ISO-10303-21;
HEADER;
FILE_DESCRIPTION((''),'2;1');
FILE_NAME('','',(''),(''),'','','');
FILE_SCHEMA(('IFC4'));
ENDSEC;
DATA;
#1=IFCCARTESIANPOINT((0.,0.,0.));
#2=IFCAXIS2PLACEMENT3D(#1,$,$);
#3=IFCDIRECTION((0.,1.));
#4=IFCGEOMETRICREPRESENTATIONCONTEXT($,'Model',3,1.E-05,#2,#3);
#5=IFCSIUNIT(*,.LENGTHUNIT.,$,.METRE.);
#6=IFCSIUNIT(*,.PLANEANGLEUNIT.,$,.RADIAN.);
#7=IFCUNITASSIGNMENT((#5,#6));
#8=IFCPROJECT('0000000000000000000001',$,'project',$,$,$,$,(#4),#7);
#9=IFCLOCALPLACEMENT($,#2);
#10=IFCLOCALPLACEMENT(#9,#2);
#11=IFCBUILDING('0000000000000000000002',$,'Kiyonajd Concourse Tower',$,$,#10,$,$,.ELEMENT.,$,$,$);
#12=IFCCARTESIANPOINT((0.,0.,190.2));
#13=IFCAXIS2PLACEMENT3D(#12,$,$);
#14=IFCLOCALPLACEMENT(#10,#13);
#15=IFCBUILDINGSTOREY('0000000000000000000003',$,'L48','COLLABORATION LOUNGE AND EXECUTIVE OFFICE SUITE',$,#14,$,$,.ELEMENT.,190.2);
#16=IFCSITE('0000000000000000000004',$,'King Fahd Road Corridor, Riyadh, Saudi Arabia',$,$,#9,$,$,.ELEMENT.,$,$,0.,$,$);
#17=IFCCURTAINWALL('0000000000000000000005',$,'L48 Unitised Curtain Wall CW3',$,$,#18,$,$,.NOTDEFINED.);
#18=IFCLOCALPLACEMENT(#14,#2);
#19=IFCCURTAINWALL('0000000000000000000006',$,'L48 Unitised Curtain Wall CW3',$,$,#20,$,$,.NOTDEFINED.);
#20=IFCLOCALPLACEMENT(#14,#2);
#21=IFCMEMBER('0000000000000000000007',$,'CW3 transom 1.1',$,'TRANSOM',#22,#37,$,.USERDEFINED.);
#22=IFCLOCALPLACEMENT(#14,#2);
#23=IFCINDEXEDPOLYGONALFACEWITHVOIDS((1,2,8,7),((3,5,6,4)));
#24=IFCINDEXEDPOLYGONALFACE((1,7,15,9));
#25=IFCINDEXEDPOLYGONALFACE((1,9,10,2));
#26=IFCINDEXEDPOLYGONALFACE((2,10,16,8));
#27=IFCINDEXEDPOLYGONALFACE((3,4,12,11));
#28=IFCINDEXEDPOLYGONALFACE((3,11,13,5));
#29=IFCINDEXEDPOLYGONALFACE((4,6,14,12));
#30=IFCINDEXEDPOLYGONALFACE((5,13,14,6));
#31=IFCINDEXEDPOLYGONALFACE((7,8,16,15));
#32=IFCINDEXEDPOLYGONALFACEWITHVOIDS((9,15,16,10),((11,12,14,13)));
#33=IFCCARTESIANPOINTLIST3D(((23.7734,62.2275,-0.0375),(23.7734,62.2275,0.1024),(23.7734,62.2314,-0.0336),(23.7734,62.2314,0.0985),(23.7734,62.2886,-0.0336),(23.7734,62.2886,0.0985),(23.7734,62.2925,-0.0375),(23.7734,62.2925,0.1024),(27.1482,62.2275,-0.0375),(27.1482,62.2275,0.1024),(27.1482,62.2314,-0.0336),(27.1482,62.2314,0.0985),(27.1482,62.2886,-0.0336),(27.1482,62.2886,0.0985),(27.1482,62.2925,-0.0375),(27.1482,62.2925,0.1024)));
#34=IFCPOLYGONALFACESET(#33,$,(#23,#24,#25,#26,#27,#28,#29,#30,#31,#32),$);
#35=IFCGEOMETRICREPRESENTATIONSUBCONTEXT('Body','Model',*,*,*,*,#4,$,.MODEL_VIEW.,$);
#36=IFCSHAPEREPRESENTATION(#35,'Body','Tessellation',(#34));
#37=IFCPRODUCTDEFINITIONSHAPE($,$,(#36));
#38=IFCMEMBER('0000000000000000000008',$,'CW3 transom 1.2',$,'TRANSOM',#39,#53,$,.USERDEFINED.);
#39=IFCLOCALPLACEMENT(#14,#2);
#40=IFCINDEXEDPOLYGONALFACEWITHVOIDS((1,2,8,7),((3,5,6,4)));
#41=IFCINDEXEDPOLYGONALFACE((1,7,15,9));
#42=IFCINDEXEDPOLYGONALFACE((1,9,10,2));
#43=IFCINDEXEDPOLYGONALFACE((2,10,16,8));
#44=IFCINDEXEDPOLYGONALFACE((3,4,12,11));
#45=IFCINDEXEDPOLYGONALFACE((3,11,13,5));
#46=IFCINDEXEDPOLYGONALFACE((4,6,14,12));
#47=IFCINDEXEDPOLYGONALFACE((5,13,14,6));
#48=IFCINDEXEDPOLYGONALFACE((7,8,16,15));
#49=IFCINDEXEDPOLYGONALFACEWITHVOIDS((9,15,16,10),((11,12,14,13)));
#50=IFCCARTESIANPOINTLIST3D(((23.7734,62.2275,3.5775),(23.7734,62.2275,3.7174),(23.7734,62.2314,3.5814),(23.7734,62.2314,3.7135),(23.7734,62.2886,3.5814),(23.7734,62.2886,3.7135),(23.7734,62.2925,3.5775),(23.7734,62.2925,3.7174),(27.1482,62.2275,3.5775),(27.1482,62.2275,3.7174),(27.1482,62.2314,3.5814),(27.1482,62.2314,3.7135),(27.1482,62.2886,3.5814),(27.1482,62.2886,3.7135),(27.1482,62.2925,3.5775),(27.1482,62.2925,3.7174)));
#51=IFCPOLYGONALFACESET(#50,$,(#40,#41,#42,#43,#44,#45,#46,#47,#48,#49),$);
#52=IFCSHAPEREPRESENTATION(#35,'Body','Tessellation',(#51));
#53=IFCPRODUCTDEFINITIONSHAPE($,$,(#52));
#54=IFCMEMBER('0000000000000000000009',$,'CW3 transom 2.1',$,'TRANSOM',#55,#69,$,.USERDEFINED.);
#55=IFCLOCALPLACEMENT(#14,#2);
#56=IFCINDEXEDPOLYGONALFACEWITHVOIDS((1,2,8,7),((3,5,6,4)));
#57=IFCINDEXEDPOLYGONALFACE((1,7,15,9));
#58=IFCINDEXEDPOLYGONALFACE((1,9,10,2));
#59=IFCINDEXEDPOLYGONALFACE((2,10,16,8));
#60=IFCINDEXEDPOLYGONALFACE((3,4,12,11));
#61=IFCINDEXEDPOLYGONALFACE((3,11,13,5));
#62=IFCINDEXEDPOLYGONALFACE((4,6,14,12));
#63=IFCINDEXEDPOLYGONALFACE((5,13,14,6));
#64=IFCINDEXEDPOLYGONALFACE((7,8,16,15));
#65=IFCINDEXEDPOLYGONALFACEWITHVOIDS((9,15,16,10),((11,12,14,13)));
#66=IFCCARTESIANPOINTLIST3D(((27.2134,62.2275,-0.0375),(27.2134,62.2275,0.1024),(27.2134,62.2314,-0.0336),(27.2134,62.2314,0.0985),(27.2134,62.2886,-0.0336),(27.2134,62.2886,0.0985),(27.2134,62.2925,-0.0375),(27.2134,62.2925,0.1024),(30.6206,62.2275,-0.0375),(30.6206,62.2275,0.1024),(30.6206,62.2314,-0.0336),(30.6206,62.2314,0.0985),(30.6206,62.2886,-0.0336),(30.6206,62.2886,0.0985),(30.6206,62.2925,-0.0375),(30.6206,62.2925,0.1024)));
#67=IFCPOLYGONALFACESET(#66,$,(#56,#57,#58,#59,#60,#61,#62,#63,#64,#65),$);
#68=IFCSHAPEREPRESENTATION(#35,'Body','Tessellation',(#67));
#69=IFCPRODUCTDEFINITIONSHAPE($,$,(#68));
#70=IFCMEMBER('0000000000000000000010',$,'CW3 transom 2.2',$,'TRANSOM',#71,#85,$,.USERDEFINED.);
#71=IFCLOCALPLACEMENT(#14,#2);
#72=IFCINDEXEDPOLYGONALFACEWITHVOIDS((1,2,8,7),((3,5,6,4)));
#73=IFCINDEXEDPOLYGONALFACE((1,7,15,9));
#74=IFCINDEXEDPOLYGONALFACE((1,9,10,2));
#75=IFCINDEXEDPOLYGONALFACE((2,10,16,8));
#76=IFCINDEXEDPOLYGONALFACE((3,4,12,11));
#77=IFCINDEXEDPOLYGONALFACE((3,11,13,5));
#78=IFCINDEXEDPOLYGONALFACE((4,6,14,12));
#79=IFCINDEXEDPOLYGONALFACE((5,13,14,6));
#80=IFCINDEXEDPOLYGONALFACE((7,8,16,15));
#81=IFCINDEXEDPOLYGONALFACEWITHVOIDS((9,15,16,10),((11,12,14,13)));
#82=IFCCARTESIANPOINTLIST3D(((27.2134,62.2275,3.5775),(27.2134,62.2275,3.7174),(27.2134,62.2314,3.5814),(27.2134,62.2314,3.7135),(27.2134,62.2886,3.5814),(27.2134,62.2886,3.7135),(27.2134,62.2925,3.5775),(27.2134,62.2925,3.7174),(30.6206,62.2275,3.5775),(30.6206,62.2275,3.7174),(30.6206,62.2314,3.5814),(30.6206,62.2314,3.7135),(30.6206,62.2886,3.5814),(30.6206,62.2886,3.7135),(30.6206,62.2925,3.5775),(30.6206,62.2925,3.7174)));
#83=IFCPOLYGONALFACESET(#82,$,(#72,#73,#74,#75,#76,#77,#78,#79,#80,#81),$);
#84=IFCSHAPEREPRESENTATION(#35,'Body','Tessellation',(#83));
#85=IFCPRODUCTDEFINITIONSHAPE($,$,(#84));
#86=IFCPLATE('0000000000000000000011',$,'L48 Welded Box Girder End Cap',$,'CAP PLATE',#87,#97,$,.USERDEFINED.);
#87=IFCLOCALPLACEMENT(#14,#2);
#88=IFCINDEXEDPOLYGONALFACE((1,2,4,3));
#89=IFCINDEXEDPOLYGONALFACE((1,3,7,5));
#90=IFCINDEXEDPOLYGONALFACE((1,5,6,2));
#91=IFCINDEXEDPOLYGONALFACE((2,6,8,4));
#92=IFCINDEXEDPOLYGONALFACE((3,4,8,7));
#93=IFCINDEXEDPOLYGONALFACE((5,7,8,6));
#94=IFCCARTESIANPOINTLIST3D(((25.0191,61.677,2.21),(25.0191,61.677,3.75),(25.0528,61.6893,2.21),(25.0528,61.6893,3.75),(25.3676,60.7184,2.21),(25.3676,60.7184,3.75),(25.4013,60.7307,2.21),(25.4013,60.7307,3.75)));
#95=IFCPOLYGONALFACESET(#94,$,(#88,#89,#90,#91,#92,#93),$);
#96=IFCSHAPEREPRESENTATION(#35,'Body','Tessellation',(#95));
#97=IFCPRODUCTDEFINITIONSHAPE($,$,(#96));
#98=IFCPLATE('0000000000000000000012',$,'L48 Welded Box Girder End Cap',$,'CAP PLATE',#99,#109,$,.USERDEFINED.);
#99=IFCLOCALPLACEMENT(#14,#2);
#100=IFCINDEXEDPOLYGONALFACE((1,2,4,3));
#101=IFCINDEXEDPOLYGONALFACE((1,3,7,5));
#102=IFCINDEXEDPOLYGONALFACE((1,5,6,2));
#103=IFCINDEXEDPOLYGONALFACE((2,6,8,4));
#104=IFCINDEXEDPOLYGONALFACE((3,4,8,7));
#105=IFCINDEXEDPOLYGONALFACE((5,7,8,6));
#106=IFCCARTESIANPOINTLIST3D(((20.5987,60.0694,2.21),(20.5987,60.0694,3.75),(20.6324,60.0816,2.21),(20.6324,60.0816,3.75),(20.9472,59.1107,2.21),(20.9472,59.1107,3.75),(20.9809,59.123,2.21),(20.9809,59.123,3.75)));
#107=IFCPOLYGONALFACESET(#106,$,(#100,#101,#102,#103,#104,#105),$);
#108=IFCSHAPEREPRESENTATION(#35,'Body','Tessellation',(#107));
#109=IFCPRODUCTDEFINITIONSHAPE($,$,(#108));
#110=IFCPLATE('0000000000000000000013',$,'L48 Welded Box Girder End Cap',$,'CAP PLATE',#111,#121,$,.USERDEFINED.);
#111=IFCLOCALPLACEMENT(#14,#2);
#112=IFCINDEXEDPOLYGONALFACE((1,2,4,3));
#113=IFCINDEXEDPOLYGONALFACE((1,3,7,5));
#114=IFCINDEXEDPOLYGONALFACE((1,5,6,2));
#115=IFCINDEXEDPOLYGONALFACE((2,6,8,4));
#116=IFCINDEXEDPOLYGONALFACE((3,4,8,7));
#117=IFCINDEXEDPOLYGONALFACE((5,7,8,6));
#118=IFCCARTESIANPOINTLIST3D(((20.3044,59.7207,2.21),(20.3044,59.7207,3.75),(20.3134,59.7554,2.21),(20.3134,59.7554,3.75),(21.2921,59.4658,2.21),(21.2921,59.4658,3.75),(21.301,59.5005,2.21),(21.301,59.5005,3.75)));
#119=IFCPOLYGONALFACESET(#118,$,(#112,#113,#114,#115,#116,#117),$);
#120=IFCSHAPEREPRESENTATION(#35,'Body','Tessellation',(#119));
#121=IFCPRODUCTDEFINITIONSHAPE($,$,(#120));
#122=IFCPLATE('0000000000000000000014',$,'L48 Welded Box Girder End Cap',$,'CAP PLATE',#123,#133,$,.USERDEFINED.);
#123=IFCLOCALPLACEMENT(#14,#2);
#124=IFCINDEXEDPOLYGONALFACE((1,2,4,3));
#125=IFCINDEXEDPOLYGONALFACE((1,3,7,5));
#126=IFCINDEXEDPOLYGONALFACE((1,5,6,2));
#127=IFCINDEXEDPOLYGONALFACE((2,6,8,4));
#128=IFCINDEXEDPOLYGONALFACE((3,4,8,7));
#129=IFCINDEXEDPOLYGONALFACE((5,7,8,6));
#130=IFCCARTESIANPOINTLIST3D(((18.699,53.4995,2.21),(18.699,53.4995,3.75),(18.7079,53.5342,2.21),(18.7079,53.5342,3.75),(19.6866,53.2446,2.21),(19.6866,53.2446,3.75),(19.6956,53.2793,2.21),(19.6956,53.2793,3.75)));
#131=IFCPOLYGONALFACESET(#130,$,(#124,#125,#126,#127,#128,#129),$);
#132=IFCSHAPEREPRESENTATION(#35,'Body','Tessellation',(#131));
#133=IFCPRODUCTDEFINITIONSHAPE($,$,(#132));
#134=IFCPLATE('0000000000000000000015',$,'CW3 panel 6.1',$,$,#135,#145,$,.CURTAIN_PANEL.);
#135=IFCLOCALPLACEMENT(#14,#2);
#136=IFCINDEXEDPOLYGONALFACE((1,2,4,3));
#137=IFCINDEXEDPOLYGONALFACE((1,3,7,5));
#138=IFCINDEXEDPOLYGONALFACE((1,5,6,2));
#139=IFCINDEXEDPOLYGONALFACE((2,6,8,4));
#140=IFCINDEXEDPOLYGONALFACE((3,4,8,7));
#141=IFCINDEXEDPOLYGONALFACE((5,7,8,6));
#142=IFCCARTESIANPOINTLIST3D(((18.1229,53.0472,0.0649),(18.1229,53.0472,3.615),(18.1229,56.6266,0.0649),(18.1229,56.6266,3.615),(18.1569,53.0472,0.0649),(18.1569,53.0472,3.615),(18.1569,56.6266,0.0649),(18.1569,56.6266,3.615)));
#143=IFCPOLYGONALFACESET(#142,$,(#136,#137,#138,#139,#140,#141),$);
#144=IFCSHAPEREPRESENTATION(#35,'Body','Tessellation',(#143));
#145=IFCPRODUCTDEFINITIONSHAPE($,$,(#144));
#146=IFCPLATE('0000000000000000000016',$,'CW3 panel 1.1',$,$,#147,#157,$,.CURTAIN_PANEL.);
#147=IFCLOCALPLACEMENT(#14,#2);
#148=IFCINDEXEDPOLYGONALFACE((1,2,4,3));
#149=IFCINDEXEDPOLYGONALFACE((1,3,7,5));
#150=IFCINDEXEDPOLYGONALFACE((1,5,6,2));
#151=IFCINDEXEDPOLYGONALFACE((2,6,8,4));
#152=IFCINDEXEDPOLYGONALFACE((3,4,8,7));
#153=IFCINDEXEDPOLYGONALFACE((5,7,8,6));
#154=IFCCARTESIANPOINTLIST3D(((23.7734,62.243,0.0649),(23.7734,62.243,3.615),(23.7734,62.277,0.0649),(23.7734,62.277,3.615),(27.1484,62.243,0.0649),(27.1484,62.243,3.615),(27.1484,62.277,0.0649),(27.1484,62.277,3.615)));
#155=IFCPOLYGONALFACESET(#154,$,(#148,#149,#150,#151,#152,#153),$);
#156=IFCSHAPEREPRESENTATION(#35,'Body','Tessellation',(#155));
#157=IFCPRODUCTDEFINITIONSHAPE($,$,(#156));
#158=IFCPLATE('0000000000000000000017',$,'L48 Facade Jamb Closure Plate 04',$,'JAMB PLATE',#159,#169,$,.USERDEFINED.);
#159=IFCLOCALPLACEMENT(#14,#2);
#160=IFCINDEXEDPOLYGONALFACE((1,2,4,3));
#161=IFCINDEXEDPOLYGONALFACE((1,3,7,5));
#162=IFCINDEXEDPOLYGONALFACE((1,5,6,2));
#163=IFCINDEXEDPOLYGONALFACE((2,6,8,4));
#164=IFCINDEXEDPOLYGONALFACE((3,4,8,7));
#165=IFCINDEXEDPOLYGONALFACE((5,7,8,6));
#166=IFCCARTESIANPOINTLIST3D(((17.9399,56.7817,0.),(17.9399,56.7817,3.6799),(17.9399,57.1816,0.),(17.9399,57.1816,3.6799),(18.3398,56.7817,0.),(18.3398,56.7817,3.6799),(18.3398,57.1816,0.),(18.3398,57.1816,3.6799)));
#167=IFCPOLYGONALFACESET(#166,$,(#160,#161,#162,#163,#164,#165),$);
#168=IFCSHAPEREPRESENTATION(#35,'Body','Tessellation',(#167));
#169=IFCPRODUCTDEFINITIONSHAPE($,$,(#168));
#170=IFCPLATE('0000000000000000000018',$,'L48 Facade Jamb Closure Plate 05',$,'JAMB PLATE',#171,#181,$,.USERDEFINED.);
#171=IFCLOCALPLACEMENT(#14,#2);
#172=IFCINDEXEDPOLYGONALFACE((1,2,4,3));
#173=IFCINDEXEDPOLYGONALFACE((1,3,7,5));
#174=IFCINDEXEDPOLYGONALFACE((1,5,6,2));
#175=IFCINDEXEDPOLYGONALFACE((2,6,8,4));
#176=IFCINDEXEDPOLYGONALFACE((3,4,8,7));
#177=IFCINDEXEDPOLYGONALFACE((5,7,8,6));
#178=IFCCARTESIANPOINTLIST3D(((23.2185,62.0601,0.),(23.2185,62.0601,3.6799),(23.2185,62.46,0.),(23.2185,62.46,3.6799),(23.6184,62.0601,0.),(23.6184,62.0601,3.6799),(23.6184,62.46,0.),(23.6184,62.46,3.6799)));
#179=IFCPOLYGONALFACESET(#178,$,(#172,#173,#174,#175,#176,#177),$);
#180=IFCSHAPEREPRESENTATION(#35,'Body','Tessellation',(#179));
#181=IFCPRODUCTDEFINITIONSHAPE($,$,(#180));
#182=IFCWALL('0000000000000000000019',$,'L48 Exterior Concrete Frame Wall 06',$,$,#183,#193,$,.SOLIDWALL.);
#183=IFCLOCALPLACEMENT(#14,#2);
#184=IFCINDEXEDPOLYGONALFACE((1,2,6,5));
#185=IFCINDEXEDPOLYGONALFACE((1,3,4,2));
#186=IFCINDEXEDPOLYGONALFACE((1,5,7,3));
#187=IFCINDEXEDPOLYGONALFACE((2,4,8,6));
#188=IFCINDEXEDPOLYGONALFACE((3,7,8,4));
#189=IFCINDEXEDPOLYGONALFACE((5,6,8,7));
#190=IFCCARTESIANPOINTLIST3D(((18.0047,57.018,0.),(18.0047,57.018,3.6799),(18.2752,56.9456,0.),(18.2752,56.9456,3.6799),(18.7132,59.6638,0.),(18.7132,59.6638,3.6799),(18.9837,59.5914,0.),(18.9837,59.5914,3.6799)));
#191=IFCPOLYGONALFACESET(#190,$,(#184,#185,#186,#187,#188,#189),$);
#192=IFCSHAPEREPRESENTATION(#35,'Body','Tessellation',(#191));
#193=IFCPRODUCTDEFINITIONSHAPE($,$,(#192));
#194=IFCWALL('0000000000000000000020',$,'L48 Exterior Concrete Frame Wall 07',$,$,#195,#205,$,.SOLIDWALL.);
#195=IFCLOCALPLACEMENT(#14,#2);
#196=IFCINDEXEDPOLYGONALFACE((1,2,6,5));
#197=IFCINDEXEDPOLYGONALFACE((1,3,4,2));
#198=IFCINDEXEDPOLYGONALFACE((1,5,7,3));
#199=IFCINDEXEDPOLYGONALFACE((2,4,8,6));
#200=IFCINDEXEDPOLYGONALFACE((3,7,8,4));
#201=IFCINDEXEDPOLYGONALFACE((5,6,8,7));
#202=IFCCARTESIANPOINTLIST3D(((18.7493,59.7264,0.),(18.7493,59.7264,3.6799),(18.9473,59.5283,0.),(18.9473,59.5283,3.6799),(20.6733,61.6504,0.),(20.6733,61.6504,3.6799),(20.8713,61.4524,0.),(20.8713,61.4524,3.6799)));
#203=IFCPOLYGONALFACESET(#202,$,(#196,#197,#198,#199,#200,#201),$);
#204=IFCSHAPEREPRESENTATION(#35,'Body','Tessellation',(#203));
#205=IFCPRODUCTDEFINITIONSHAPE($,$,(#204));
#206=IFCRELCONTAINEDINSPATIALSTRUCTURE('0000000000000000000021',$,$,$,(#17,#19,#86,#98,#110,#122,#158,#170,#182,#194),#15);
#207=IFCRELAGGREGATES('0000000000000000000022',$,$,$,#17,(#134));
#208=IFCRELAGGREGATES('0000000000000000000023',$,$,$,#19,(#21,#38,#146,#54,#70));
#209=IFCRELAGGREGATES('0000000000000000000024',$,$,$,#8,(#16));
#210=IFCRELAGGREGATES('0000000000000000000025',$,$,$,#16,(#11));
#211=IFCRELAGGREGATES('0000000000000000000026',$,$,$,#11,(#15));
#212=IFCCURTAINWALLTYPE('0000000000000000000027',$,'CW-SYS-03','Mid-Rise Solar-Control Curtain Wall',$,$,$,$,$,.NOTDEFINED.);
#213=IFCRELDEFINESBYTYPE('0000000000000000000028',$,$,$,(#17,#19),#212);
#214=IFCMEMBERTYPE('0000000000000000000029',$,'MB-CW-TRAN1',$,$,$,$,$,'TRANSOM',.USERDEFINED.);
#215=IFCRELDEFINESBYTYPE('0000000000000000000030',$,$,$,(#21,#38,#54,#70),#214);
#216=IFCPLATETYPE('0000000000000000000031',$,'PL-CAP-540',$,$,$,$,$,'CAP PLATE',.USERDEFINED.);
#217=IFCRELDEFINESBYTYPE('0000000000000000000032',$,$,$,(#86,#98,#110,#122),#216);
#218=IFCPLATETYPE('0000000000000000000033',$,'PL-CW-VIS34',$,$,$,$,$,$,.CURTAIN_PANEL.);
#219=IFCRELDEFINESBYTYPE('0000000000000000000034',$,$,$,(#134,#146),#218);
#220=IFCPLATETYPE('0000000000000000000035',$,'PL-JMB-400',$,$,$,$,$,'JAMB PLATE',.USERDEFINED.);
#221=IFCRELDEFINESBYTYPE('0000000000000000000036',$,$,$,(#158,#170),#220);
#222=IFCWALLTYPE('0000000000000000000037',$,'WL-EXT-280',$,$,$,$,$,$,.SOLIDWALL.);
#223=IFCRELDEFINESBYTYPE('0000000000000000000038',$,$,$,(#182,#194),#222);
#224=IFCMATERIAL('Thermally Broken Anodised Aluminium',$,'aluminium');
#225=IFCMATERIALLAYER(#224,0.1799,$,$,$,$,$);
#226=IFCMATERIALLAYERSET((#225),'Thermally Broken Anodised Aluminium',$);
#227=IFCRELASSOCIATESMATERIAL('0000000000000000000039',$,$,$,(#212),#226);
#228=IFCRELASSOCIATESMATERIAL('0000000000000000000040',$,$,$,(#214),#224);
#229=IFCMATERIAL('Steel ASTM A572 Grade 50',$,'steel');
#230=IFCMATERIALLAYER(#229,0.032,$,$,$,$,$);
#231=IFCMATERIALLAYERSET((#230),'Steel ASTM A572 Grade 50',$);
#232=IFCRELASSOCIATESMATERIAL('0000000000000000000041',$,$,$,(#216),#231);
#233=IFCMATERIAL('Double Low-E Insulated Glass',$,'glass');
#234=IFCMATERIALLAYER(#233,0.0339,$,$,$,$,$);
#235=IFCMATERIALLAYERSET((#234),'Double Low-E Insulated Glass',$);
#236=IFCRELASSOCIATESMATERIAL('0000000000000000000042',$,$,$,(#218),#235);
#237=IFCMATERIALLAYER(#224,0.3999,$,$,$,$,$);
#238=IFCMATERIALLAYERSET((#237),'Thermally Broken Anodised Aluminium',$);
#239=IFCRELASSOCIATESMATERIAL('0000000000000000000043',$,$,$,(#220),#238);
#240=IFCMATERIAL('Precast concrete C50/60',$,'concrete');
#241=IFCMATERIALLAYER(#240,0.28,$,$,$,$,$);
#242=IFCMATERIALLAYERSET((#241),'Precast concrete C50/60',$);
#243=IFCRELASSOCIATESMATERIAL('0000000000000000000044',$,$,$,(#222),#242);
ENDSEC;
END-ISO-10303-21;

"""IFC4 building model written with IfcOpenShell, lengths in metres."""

from ifc_helpers import new_model, si_unit, direction, frame, frame_2d, origin, origin_2d, place, context, subcontext, project, spatial, rectangle, hollow_rectangle, extrude, material, layer, layer_set, material_profile, profile_set, type_object, element, aggregate, save


model = new_model("IFC4")

# Units and contexts
model_context = context("Model", 3, precision=1e-05, world=origin(), true_north=direction((0.0, 1.0)))
body_context = subcontext(model_context, "Body", "Model", "MODEL_VIEW")
ifc_project = project(units=[si_unit("LENGTHUNIT", "METRE"), si_unit("PLANEANGLEUNIT", "RADIAN")], contexts=[model_context])

# Site, building, storey
site_placement = place(None, origin())
site = spatial("IfcSite", under=ifc_project, at=site_placement, Name="King Fahd Road Corridor, Riyadh, Saudi Arabia", CompositionType="ELEMENT", RefElevation=0.0)
building_placement = place(site_placement, origin())
building = spatial("IfcBuilding", under=site, at=building_placement, Name="Kiyonajd Concourse Tower", CompositionType="ELEMENT")
storey_placement = place(building_placement, frame((0.0, 0.0, 190.2)))
storey = spatial("IfcBuildingStorey", under=building, at=storey_placement, Name="L48", Description="COLLABORATION LOUNGE AND EXECUTIVE OFFICE SUITE", CompositionType="ELEMENT", Elevation=190.2)

# Shared definitions
ifc_material_1 = material(Name="Steel ASTM A572 Grade 50", Category="steel")

# Curtain wall
ifc_material_2 = material(Name="Thermally Broken Anodised Aluminium", Category="aluminium")
ifc_layer_1 = layer(ifc_material_2, 0.1799)
ifc_layer_set_1 = layer_set([ifc_layer_1], Name="Thermally Broken Anodised Aluminium")
curtain_wall_type = type_object("IfcCurtainWallType", Name="CW-SYS-03", Description="Mid-Rise Solar-Control Curtain Wall", PredefinedType="NOTDEFINED", material=ifc_layer_set_1)
curtain_wall_1_placement = place(storey_placement, origin())
curtain_wall_1 = element("IfcCurtainWall", 1, at=curtain_wall_1_placement, inside=storey, type_object=curtain_wall_type, Name="L48 Unitised Curtain Wall CW3", PredefinedType="NOTDEFINED")

# Curtain wall, members
curtain_wall_2_placement = place(storey_placement, origin())
curtain_wall_2 = element("IfcCurtainWall", 2, at=curtain_wall_2_placement, inside=storey, type_object=curtain_wall_type, Name="L48 Unitised Curtain Wall CW3", PredefinedType="NOTDEFINED")
ifc_material_profile_1 = material_profile(ifc_material_2, hollow_rectangle(XDim=0.0649, YDim=0.1399, WallThickness=0.0039, at=origin_2d()), Name="TRAN-65x140")
ifc_profile_set_1 = profile_set([ifc_material_profile_1], Name="Thermally Broken Anodised Aluminium")
member_type_1 = type_object("IfcMemberType", Name="MB-CW-TRAN1", ElementType="TRANSOM", PredefinedType="USERDEFINED", material=ifc_profile_set_1)
member_1_placement = place(storey_placement, frame((23.7734, 62.26, 0.0325), z_axis=(1.0, 0.0, 0.0), x_axis=(0.0, 1.0, 0.0)))
member_1 = element("IfcMember", 3, at=member_1_placement, type_object=member_type_1, Name="CW3 transom 1.1", ObjectType="TRANSOM", PredefinedType="USERDEFINED", context=body_context, shape_type="SweptSolid", body=[
    extrude(hollow_rectangle(XDim=0.0649, YDim=0.1399, WallThickness=0.0039, at=origin_2d()), origin(), (0.0, 0.0, 1.0), 3.3748),
])
member_2_placement = place(storey_placement, frame((23.7734, 62.26, 3.6475), z_axis=(1.0, 0.0, 0.0), x_axis=(0.0, 1.0, 0.0)))
member_2 = element("IfcMember", 4, at=member_2_placement, type_object=member_type_1, Name="CW3 transom 1.2", ObjectType="TRANSOM", PredefinedType="USERDEFINED", context=body_context, shape_type="SweptSolid", body=[
    extrude(hollow_rectangle(XDim=0.0649, YDim=0.1399, WallThickness=0.0039, at=origin_2d()), origin(), (0.0, 0.0, 1.0), 3.3748),
])
member_3_placement = place(storey_placement, frame((27.2134, 62.26, 0.0325), z_axis=(1.0, 0.0, 0.0), x_axis=(0.0, 1.0, 0.0)))
member_3 = element("IfcMember", 5, at=member_3_placement, type_object=member_type_1, Name="CW3 transom 2.1", ObjectType="TRANSOM", PredefinedType="USERDEFINED", context=body_context, shape_type="SweptSolid", body=[
    extrude(hollow_rectangle(XDim=0.0649, YDim=0.1399, WallThickness=0.0039, at=origin_2d()), origin(), (0.0, 0.0, 1.0), 3.4072),
])
member_4_placement = place(storey_placement, frame((27.2134, 62.26, 3.6475), z_axis=(1.0, 0.0, 0.0), x_axis=(0.0, 1.0, 0.0)))
member_4 = element("IfcMember", 6, at=member_4_placement, type_object=member_type_1, Name="CW3 transom 2.2", ObjectType="TRANSOM", PredefinedType="USERDEFINED", context=body_context, shape_type="SweptSolid", body=[
    extrude(hollow_rectangle(XDim=0.0649, YDim=0.1399, WallThickness=0.0039, at=origin_2d()), origin(), (0.0, 0.0, 1.0), 3.4072),
])

# Plates
ifc_layer_2 = layer(ifc_material_1, 0.032)
ifc_layer_set_2 = layer_set([ifc_layer_2], Name="Steel ASTM A572 Grade 50")
plate_type_1 = type_object("IfcPlateType", Name="PL-CAP-540", ElementType="CAP PLATE", PredefinedType="USERDEFINED", material=ifc_layer_set_2)
for number, where, z_axis, x_axis, name in (
    (7, (25.2102, 61.2039, 2.21), (0.0, 0.0, 1.0), (0.939812, 0.341692, 0.0), "L48 Welded Box Girder End Cap"),
    (8, (20.7898, 59.5962, 2.21), (0.0, 0.0, 1.0), (-0.939812, -0.341692, 0.0), "L48 Welded Box Girder End Cap"),
    (9, (20.8027, 59.6106, 2.21), (0.0, 0.0, 1.0), (0.249873, 0.968279, 0.0), "L48 Welded Box Girder End Cap"),
    (10, (19.1973, 53.3894, 2.21), (0.0, 0.0, 1.0), (-0.249873, -0.968279, 0.0), "L48 Welded Box Girder End Cap"),
):
    element("IfcPlate", number, at=place(storey_placement, frame(where, z_axis=z_axis, x_axis=x_axis)), inside=storey, type_object=plate_type_1, Name=name, ObjectType="CAP PLATE", PredefinedType="USERDEFINED", context=body_context, shape_type="SweptSolid", body=[
        extrude(rectangle(XDim=0.0359, YDim=1.02, at=origin_2d()), origin(), (0.0, 0.0, 1.0), 1.54),
    ])

# Plates
ifc_material_3 = material(Name="Double Low-E Insulated Glass", Category="glass")
ifc_layer_3 = layer(ifc_material_3, 0.0339)
ifc_layer_set_3 = layer_set([ifc_layer_3], Name="Double Low-E Insulated Glass")
plate_type_2 = type_object("IfcPlateType", Name="PL-CW-VIS34", PredefinedType="CURTAIN_PANEL", material=ifc_layer_set_3)
plate_1_placement = place(storey_placement, frame((18.1399, 54.8369, 0.0649), z_axis=(0.0, 0.0, 1.0), x_axis=(0.0, 1.0, 0.0)))
plate_1 = element("IfcPlate", 11, at=plate_1_placement, type_object=plate_type_2, Name="CW3 panel 6.1", PredefinedType="CURTAIN_PANEL", context=body_context, shape_type="SweptSolid", body=[
    extrude(rectangle(XDim=3.5793, YDim=0.0339, at=origin_2d()), origin(), (0.0, 0.0, 1.0), 3.55),
])
aggregate(curtain_wall_1, [plate_1])
plate_2_placement = place(storey_placement, frame((25.4609, 62.26, 0.0649), z_axis=(0.0, 0.0, 1.0), x_axis=(1.0, 0.0, 0.0)))
plate_2 = element("IfcPlate", 12, at=plate_2_placement, type_object=plate_type_2, Name="CW3 panel 1.1", PredefinedType="CURTAIN_PANEL", context=body_context, shape_type="SweptSolid", body=[
    extrude(rectangle(XDim=3.375, YDim=0.0339, at=origin_2d()), origin(), (0.0, 0.0, 1.0), 3.55),
])
aggregate(curtain_wall_2, [member_1, member_2, plate_2, member_3, member_4])

# Plates
ifc_layer_4 = layer(ifc_material_2, 0.3999)
ifc_layer_set_4 = layer_set([ifc_layer_4], Name="Thermally Broken Anodised Aluminium")
plate_type_3 = type_object("IfcPlateType", Name="PL-JMB-400", ElementType="JAMB PLATE", PredefinedType="USERDEFINED", material=ifc_layer_set_4)
for number, where, z_axis, x_axis, name in (
    (13, (18.1399, 56.9817, 0.0), (0.0, 0.0, 1.0), (1.0, 0.0, 0.0), "L48 Facade Jamb Closure Plate 04"),
    (14, (23.4185, 62.26, 0.0), (0.0, 0.0, 1.0), (1.0, 0.0, 0.0), "L48 Facade Jamb Closure Plate 05"),
):
    element("IfcPlate", number, at=place(storey_placement, frame(where, z_axis=z_axis, x_axis=x_axis)), inside=storey, type_object=plate_type_3, Name=name, ObjectType="JAMB PLATE", PredefinedType="USERDEFINED", context=body_context, shape_type="SweptSolid", body=[
        extrude(rectangle(XDim=0.3999, YDim=0.3999, at=origin_2d()), origin(), (0.0, 0.0, 1.0), 3.6799),
    ])

# Walls
ifc_material_4 = material(Name="Precast concrete C50/60", Category="concrete")
ifc_layer_5 = layer(ifc_material_4, 0.28)
ifc_layer_set_5 = layer_set([ifc_layer_5], Name="Precast concrete C50/60")
wall_type = type_object("IfcWallType", Name="WL-EXT-280", PredefinedType="SOLIDWALL", material=ifc_layer_set_5)
wall_1_placement = place(storey_placement, frame((18.1399, 56.9817, 0.0), z_axis=(0.0, 0.0, 1.0), x_axis=(0.258672, 0.965965, 0.0)))
element("IfcWall", 15, at=wall_1_placement, inside=storey, type_object=wall_type, Name="L48 Exterior Concrete Frame Wall 06", PredefinedType="SOLIDWALL", context=body_context, shape_type="SweptSolid", body=[
    extrude(rectangle(XDim=2.739, YDim=0.28, at=frame_2d((1.3696, 0.0))), origin(), (0.0, 0.0, 1.0), 3.6799),
])
wall_2_placement = place(storey_placement, frame((18.8484, 59.6274, 0.0), z_axis=(0.0, 0.0, 1.0), x_axis=(0.707107, 0.707107, 0.0)))
element("IfcWall", 16, at=wall_2_placement, inside=storey, type_object=wall_type, Name="L48 Exterior Concrete Frame Wall 07", PredefinedType="SOLIDWALL", context=body_context, shape_type="SweptSolid", body=[
    extrude(rectangle(XDim=2.7209, YDim=0.28, at=frame_2d((1.3604, 0.0))), origin(), (0.0, 0.0, 1.0), 3.6799),
])

save(model, "model.ifc")
